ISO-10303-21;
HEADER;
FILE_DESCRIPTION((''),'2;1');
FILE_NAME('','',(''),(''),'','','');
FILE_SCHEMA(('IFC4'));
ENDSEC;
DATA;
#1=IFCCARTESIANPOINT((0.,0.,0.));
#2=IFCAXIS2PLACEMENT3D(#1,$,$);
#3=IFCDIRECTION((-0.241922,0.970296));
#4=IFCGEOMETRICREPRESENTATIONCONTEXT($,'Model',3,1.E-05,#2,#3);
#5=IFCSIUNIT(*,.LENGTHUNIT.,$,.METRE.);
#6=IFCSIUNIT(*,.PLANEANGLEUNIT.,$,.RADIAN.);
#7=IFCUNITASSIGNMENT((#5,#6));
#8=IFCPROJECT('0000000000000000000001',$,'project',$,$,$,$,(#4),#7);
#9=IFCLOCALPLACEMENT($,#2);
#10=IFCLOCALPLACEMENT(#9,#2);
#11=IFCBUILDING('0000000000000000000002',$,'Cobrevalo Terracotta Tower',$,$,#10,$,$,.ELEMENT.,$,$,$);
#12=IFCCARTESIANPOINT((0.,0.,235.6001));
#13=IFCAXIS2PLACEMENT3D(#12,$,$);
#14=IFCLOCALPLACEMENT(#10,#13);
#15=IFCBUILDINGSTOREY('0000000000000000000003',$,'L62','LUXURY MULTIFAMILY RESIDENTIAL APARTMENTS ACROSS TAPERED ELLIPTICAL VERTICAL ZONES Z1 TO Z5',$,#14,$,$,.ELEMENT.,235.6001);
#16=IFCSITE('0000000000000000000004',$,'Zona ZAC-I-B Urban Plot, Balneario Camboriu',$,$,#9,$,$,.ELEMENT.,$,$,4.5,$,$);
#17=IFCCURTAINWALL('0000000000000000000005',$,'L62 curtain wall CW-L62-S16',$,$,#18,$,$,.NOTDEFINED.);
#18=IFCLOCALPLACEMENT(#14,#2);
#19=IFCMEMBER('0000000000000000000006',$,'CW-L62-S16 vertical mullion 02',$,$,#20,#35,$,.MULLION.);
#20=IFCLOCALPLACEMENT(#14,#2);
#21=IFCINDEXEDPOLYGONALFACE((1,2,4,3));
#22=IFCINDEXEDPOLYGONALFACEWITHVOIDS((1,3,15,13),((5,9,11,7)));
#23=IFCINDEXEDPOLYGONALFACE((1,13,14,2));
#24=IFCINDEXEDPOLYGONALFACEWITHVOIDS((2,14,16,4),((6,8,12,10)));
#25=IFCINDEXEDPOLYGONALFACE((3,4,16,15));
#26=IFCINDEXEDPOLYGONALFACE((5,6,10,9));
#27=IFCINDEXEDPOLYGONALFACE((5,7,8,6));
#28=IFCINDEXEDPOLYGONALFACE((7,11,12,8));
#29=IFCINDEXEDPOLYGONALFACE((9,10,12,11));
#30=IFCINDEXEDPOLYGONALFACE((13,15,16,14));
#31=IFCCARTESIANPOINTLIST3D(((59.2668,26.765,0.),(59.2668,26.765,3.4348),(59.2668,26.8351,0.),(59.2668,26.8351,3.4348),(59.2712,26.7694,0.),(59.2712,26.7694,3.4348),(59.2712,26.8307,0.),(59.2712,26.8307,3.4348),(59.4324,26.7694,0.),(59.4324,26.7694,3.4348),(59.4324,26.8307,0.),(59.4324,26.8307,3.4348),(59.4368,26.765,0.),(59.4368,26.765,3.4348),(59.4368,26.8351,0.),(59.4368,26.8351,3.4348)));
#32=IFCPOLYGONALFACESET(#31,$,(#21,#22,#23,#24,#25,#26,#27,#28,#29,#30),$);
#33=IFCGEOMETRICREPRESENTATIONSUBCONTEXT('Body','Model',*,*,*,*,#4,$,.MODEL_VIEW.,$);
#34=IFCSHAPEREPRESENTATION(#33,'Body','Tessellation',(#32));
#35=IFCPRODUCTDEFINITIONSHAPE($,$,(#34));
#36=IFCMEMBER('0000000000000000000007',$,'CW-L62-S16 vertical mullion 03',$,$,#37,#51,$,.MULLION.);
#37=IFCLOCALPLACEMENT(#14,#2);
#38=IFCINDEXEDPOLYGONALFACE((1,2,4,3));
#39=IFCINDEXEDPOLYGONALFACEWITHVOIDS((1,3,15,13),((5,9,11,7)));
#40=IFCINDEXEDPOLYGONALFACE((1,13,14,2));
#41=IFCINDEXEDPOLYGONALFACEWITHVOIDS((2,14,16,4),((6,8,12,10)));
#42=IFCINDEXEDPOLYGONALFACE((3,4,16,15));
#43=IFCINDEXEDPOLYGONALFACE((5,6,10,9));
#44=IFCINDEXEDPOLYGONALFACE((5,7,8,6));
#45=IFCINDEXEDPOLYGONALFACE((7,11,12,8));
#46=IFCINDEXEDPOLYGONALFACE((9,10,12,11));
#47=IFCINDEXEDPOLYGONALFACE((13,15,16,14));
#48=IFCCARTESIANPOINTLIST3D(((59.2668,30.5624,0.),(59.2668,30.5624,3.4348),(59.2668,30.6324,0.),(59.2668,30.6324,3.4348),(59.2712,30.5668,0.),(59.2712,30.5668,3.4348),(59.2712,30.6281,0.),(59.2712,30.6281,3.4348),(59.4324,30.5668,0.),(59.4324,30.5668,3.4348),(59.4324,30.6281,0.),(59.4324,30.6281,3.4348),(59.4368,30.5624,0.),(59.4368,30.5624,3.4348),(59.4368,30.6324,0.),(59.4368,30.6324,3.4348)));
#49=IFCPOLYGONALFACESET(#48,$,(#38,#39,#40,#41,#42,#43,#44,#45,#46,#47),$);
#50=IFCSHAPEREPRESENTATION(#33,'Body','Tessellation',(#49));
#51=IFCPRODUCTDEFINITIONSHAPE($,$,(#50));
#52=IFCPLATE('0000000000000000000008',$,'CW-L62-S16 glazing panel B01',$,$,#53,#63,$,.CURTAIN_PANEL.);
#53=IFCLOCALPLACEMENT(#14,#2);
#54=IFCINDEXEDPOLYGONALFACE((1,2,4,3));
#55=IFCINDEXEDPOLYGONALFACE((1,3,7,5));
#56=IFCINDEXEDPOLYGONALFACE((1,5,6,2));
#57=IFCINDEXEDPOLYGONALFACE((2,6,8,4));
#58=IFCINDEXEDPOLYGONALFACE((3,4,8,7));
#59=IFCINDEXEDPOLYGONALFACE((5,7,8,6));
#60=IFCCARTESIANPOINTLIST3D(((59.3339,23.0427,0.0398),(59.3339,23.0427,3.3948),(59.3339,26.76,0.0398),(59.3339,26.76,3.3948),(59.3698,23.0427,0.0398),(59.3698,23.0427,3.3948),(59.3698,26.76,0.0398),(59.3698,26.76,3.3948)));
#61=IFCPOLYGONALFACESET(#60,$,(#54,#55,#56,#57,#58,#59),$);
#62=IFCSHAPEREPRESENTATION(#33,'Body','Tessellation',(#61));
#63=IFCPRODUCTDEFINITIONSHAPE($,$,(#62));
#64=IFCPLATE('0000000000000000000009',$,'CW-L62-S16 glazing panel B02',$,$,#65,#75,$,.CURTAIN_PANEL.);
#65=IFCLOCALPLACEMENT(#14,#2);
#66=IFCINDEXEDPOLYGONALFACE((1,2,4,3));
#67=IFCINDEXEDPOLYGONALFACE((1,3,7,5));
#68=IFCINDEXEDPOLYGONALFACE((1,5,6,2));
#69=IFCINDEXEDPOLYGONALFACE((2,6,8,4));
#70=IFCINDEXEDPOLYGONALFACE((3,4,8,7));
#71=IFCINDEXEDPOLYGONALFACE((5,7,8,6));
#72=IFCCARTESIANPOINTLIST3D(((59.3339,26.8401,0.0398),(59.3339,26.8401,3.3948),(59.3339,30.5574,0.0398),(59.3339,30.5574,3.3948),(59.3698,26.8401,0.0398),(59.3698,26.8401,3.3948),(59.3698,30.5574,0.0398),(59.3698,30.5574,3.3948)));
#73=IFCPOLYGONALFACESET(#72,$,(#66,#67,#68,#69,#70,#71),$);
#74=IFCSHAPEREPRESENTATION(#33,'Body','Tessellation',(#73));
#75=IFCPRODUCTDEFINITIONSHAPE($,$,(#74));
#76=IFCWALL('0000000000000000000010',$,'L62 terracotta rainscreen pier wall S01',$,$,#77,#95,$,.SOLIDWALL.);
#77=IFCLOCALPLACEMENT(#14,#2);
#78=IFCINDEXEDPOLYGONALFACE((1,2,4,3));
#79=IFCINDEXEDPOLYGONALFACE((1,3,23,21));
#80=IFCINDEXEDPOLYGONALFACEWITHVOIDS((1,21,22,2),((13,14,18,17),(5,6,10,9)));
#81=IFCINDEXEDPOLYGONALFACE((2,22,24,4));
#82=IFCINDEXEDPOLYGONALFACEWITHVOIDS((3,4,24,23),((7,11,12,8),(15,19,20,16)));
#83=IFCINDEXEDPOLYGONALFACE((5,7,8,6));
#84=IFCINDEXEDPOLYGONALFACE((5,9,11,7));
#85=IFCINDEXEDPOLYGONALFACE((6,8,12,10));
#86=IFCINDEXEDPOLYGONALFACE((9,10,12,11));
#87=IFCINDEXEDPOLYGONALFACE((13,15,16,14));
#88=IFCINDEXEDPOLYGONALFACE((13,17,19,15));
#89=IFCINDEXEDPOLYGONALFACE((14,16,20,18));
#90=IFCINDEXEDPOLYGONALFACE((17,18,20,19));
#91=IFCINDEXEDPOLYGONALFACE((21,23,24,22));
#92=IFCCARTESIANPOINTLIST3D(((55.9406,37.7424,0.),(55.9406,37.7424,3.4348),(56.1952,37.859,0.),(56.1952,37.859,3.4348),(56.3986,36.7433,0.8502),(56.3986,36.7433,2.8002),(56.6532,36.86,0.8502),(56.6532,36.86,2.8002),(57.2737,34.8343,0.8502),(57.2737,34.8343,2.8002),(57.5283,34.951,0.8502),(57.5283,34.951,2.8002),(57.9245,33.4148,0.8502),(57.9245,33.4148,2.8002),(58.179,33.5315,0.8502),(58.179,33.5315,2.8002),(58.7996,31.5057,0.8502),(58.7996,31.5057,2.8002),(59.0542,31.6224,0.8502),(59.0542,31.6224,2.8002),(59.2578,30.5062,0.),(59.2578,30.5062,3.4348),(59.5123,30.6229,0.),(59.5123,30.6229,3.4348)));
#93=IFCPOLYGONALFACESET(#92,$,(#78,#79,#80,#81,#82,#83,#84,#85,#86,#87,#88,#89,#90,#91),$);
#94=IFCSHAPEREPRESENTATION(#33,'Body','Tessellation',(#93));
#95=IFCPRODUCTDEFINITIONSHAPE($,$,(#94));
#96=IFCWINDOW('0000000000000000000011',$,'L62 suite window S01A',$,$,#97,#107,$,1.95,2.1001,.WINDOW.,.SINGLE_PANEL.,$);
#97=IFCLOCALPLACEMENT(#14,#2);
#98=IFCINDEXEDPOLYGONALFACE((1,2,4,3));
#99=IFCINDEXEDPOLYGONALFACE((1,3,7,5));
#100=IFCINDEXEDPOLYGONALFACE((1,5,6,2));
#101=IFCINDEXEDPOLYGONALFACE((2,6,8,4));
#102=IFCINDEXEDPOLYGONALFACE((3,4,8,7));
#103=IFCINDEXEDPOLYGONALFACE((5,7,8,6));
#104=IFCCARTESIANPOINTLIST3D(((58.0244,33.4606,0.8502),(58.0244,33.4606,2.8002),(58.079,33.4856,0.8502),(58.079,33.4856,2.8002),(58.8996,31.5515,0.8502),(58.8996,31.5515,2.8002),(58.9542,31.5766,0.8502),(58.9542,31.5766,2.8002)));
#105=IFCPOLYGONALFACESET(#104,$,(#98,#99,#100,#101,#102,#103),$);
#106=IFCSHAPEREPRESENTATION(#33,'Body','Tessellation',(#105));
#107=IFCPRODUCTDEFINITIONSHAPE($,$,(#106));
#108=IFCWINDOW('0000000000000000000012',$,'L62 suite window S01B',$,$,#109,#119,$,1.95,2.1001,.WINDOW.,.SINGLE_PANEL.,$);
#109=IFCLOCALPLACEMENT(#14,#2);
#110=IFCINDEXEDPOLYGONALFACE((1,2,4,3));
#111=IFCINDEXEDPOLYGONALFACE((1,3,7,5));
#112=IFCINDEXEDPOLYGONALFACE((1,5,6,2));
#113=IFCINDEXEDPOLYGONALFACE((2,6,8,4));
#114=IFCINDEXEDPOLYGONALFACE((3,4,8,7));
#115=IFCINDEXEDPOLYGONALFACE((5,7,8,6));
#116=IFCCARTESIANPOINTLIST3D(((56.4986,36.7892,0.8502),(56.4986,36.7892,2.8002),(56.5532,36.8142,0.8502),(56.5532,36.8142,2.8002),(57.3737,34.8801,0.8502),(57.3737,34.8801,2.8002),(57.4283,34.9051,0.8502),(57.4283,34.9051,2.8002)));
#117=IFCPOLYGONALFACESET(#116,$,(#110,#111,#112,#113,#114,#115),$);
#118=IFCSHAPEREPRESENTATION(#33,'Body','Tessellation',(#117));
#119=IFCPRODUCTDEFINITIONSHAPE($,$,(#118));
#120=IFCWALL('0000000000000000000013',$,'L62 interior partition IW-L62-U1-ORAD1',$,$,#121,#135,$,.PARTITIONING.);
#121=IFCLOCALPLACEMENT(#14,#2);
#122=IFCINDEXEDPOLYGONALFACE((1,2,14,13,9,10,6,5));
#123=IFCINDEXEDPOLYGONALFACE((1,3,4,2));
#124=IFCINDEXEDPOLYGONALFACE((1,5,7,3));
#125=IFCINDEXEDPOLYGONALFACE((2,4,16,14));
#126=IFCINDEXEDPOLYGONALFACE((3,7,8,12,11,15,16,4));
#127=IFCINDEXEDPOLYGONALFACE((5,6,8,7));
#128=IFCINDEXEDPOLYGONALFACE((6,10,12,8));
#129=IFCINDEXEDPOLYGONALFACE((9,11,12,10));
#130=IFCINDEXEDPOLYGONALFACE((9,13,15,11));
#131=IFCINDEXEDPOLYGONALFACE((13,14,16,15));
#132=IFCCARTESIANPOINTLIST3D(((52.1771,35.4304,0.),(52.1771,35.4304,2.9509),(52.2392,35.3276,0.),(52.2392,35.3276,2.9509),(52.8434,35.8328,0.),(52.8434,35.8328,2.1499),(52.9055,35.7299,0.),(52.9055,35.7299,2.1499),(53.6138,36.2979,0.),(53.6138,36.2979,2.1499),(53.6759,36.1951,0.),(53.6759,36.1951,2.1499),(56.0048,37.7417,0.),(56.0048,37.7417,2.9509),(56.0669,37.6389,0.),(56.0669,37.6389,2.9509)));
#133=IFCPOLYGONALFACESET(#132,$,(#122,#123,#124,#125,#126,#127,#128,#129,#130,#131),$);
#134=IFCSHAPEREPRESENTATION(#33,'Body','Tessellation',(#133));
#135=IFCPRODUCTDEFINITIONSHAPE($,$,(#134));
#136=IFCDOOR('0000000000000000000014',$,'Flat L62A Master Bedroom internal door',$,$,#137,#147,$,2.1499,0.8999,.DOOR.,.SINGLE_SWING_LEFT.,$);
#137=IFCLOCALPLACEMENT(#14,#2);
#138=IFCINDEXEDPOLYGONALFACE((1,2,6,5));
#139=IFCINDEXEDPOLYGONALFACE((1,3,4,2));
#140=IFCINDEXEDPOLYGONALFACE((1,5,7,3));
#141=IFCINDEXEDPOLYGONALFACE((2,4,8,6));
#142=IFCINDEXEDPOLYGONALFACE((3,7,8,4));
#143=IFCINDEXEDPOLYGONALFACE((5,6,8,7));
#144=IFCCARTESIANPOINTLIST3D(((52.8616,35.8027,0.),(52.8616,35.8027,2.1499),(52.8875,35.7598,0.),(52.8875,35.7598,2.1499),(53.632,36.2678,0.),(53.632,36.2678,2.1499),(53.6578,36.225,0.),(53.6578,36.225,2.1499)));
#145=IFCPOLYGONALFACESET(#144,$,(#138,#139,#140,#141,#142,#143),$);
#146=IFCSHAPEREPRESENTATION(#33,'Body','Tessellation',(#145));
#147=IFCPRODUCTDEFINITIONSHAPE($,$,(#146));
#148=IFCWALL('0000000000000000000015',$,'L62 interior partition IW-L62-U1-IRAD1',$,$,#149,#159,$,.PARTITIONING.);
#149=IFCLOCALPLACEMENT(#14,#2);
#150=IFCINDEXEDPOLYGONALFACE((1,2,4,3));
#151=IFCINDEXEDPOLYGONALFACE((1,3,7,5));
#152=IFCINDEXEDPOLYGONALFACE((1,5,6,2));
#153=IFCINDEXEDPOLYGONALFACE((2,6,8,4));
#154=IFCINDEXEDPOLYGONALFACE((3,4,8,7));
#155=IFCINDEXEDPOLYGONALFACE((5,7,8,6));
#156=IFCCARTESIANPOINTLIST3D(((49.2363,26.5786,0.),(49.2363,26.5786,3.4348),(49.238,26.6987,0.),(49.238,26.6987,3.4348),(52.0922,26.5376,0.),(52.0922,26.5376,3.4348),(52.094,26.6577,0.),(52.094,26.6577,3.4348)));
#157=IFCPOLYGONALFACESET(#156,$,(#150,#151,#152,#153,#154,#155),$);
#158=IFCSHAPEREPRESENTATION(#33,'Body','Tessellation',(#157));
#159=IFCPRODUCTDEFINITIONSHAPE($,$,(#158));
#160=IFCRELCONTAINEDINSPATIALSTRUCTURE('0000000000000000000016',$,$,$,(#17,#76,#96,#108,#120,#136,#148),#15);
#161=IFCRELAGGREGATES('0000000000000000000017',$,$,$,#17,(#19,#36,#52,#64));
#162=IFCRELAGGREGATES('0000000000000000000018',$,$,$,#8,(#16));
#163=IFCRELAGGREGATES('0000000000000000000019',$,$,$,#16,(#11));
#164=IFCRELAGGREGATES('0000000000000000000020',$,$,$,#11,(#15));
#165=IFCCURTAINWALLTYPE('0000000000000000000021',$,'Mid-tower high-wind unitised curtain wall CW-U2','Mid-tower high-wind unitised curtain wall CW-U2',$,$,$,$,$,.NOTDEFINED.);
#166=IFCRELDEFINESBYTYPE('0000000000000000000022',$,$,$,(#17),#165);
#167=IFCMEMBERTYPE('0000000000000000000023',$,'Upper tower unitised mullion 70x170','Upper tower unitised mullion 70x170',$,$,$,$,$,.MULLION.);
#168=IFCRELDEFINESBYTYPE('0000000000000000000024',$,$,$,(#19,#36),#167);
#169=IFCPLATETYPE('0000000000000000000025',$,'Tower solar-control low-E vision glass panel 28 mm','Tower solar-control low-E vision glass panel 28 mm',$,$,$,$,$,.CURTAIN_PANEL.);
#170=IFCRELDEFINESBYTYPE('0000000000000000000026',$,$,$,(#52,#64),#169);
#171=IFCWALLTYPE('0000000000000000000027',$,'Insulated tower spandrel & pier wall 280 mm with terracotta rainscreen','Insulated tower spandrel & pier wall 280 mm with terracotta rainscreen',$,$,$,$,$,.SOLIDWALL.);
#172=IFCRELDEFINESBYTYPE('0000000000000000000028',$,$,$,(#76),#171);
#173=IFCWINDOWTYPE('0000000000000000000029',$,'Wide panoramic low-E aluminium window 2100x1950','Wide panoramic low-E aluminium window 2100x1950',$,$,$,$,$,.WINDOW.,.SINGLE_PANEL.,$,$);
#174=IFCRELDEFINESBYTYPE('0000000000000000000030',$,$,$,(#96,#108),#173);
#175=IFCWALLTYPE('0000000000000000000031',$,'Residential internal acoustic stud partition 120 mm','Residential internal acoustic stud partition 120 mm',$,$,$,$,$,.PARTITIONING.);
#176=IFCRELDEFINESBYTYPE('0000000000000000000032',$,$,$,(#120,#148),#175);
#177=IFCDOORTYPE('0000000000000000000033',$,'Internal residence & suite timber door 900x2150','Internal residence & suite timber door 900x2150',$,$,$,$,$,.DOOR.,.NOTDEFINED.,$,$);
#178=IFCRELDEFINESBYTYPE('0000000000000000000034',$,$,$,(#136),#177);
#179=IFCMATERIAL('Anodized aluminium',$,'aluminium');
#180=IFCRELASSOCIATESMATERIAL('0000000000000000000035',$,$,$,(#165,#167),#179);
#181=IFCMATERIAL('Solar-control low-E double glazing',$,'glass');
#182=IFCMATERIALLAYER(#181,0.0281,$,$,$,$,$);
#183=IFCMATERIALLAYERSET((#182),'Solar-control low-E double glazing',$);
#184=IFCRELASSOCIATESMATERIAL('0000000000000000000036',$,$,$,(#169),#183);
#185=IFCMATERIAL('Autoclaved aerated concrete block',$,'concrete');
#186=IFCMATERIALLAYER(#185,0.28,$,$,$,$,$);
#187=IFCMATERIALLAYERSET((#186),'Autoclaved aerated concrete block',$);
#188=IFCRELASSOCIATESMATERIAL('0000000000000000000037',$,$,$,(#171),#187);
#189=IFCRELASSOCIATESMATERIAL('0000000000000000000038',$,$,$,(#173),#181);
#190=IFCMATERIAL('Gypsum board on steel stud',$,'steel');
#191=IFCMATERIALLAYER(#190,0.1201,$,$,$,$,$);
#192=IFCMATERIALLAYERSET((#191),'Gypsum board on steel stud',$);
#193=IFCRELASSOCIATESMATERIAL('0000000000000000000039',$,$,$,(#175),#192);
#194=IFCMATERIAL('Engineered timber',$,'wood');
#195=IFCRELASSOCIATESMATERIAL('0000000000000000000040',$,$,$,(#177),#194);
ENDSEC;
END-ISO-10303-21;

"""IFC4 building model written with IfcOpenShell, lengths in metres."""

from ifc_helpers import new_model, si_unit, direction, frame, frame_2d, origin, origin_2d, place, context, subcontext, project, spatial, rectangle, hollow_rectangle, extrude, source, transform, mapped, material, layer, layer_set, material_profile, profile_set, type_object, element, fill, aggregate, save


model = new_model("IFC4")

# Units and contexts
model_context = context("Model", 3, precision=1e-05, world=origin(), true_north=direction((-0.241922, 0.970296)))
body_context = subcontext(model_context, "Body", "Model", "MODEL_VIEW")
ifc_project = project(units=[si_unit("LENGTHUNIT", "METRE"), si_unit("PLANEANGLEUNIT", "RADIAN")], contexts=[model_context])

# Site, building, storey
site_placement = place(None, origin())
site = spatial("IfcSite", under=ifc_project, at=site_placement, Name="Zona ZAC-I-B Urban Plot, Balneario Camboriu", CompositionType="ELEMENT", RefElevation=4.5)
building_placement = place(site_placement, origin())
building = spatial("IfcBuilding", under=site, at=building_placement, Name="Cobrevalo Terracotta Tower", CompositionType="ELEMENT")
storey_placement = place(building_placement, frame((0.0, 0.0, 235.6001)))
storey = spatial("IfcBuildingStorey", under=building, at=storey_placement, Name="L62", Description="LUXURY MULTIFAMILY RESIDENTIAL APARTMENTS ACROSS TAPERED ELLIPTICAL VERTICAL ZONES Z1 TO Z5", CompositionType="ELEMENT", Elevation=235.6001)

# Curtain wall, members, plates
ifc_material_1 = material(Name="Anodized aluminium", Category="aluminium")
curtain_wall_type = type_object("IfcCurtainWallType", Name="Mid-tower high-wind unitised curtain wall CW-U2", Description="Mid-tower high-wind unitised curtain wall CW-U2", PredefinedType="NOTDEFINED", material=ifc_material_1)
curtain_wall_placement = place(storey_placement, origin())
curtain_wall = element("IfcCurtainWall", 1, at=curtain_wall_placement, inside=storey, type_object=curtain_wall_type, Name="L62 curtain wall CW-L62-S16", PredefinedType="NOTDEFINED")
ifc_material_profile_1 = material_profile(ifc_material_1, hollow_rectangle(XDim=0.0701, YDim=0.1699, WallThickness=0.0044, at=origin_2d()), Name="CWM 70x170")
ifc_profile_set_1 = profile_set([ifc_material_profile_1], Name="Anodized aluminium")
member_type_1 = type_object("IfcMemberType", Name="Upper tower unitised mullion 70x170", Description="Upper tower unitised mullion 70x170", PredefinedType="MULLION", material=ifc_profile_set_1)
shared_shape_1 = source(origin(), body_context, "Body", "SweptSolid", [
    extrude(hollow_rectangle(XDim=0.0701, YDim=0.1699, WallThickness=0.0044, at=origin_2d()), origin(), (0.0, 0.0, 1.0), 3.4348),
])
member_1_placement = place(storey_placement, frame((59.3518, 26.8, 0.0), z_axis=(0.0, 0.0, 1.0), x_axis=(0.0, 1.0, 0.0)))
member_1 = element("IfcMember", 2, at=member_1_placement, type_object=member_type_1, Name="CW-L62-S16 vertical mullion 02", PredefinedType="MULLION", context=body_context, shape_type="MappedRepresentation", body=[
    mapped(shared_shape_1, transform((0.0, 0.0, 0.0), scale=1.0)),
])
member_2_placement = place(storey_placement, frame((59.3518, 30.5974, 0.0), z_axis=(0.0, 0.0, 1.0), x_axis=(0.0, 1.0, 0.0)))
member_2 = element("IfcMember", 3, at=member_2_placement, type_object=member_type_1, Name="CW-L62-S16 vertical mullion 03", PredefinedType="MULLION", context=body_context, shape_type="MappedRepresentation", body=[
    mapped(shared_shape_1, transform((0.0, 0.0, 0.0), scale=1.0)),
])
ifc_material_2 = material(Name="Solar-control low-E double glazing", Category="glass")
ifc_layer_1 = layer(ifc_material_2, 0.0281)
ifc_layer_set_1 = layer_set([ifc_layer_1], Name="Solar-control low-E double glazing")
plate_type = type_object("IfcPlateType", Name="Tower solar-control low-E vision glass panel 28 mm", Description="Tower solar-control low-E vision glass panel 28 mm", PredefinedType="CURTAIN_PANEL", material=ifc_layer_set_1)
shared_shape_2 = source(origin(), body_context, "Body", "SweptSolid", [
    extrude(rectangle(XDim=3.7173, YDim=0.0359, at=origin_2d()), origin(), (0.0, 0.0, 1.0), 3.355),
])
plate_1_placement = place(storey_placement, frame((59.3518, 24.9014, 0.0398), z_axis=(0.0, 0.0, 1.0), x_axis=(0.0, 1.0, 0.0)))
plate_1 = element("IfcPlate", 4, at=plate_1_placement, type_object=plate_type, Name="CW-L62-S16 glazing panel B01", PredefinedType="CURTAIN_PANEL", context=body_context, shape_type="MappedRepresentation", body=[
    mapped(shared_shape_2, transform((0.0, 0.0, 0.0), scale=1.0)),
])
plate_2_placement = place(storey_placement, frame((59.3518, 28.6987, 0.0398), z_axis=(0.0, 0.0, 1.0), x_axis=(0.0, 1.0, 0.0)))
plate_2 = element("IfcPlate", 5, at=plate_2_placement, type_object=plate_type, Name="CW-L62-S16 glazing panel B02", PredefinedType="CURTAIN_PANEL", context=body_context, shape_type="MappedRepresentation", body=[
    mapped(shared_shape_2, transform((0.0, 0.0, 0.0), scale=1.0)),
])
aggregate(curtain_wall, [member_1, member_2, plate_1, plate_2])

# Wall, openings, windows
ifc_material_3 = material(Name="Autoclaved aerated concrete block", Category="concrete")
ifc_layer_2 = layer(ifc_material_3, 0.28)
ifc_layer_set_2 = layer_set([ifc_layer_2], Name="Autoclaved aerated concrete block")
wall_type_1 = type_object("IfcWallType", Name="Insulated tower spandrel & pier wall 280 mm with terracotta rainscreen", Description="Insulated tower spandrel & pier wall 280 mm with terracotta rainscreen", PredefinedType="SOLIDWALL", material=ifc_layer_set_2)
wall_1_placement = place(storey_placement, frame((59.385, 30.5647, 0.0), z_axis=(0.0, 0.0, 1.0), x_axis=(-0.416717, 0.909036, 0.0)))
wall_1 = element("IfcWall", 6, at=wall_1_placement, inside=storey, type_object=wall_type_1, Name="L62 terracotta rainscreen pier wall S01", PredefinedType="SOLIDWALL", context=body_context, shape_type="SweptSolid", body=[
    extrude(rectangle(XDim=7.9602, YDim=0.28, at=frame_2d((3.98, 0.0))), origin(), (0.0, 0.0, 1.0), 3.4348),
])
opening_1_placement = place(wall_1_placement, frame((1.0994, 0.0, 0.8501)))
opening_1 = element("IfcOpeningElement", 7, at=opening_1_placement, cuts=wall_1, PredefinedType="OPENING", context=body_context, shape_type="SweptSolid", body=[
    extrude(rectangle(XDim=2.1001, YDim=1.95, at=frame_2d((1.05, 0.9751))), frame((0.0, 0.1499, 0.0), z_axis=(0.0, -1.0, 0.0), x_axis=(1.0, 0.0, 0.0)), (0.0, 0.0, 1.0), 0.3),
])
opening_2_placement = place(wall_1_placement, frame((4.761, 0.0, 0.8501)))
opening_2 = element("IfcOpeningElement", 8, at=opening_2_placement, cuts=wall_1, PredefinedType="OPENING", context=body_context, shape_type="SweptSolid", body=[
    extrude(rectangle(XDim=2.1001, YDim=1.95, at=frame_2d((1.05, 0.9751))), frame((0.0, 0.1499, 0.0), z_axis=(0.0, -1.0, 0.0), x_axis=(1.0, 0.0, 0.0)), (0.0, 0.0, 1.0), 0.3),
])
window_type = type_object("IfcWindowType", Name="Wide panoramic low-E aluminium window 2100x1950", Description="Wide panoramic low-E aluminium window 2100x1950", PartitioningType="SINGLE_PANEL", PredefinedType="WINDOW", material=ifc_material_2)
shared_shape_3 = source(origin(), body_context, "Body", "SweptSolid", [
    extrude(rectangle(XDim=2.1001, YDim=1.95, at=frame_2d((1.05, 0.9751))), frame((0.0, 0.03, 0.0), z_axis=(0.0, -1.0, 0.0), x_axis=(1.0, 0.0, 0.0)), (0.0, 0.0, 1.0), 0.0601),
])
window_1_placement = place(opening_1_placement, origin())
window_1 = element("IfcWindow", 9, at=window_1_placement, inside=storey, type_object=window_type, Name="L62 suite window S01A", OverallHeight=1.95, OverallWidth=2.1001, PartitioningType="SINGLE_PANEL", PredefinedType="WINDOW", context=body_context, shape_type="MappedRepresentation", body=[
    mapped(shared_shape_3, transform((0.0, 0.0, 0.0), scale=1.0)),
])
fill(opening_1, window_1)
window_2_placement = place(opening_2_placement, origin())
window_2 = element("IfcWindow", 10, at=window_2_placement, inside=storey, type_object=window_type, Name="L62 suite window S01B", OverallHeight=1.95, OverallWidth=2.1001, PartitioningType="SINGLE_PANEL", PredefinedType="WINDOW", context=body_context, shape_type="MappedRepresentation", body=[
    mapped(shared_shape_3, transform((0.0, 0.0, 0.0), scale=1.0)),
])
fill(opening_2, window_2)

# Wall, opening, door
ifc_material_4 = material(Name="Gypsum board on steel stud", Category="steel")
ifc_layer_3 = layer(ifc_material_4, 0.1201)
ifc_layer_set_3 = layer_set([ifc_layer_3], Name="Gypsum board on steel stud")
wall_type_2 = type_object("IfcWallType", Name="Residential internal acoustic stud partition 120 mm", Description="Residential internal acoustic stud partition 120 mm", PredefinedType="PARTITIONING", material=ifc_layer_set_3)
wall_2_placement = place(storey_placement, frame((52.208, 35.3789, 0.0), z_axis=(0.0, 0.0, 1.0), x_axis=(0.856039, 0.516911, 0.0)))
wall_2 = element("IfcWall", 11, at=wall_2_placement, inside=storey, type_object=wall_type_2, Name="L62 interior partition IW-L62-U1-ORAD1", PredefinedType="PARTITIONING", context=body_context, shape_type="SweptSolid", body=[
    extrude(rectangle(XDim=4.4714, YDim=0.1201, at=frame_2d((2.2358, 0.0))), origin(), (0.0, 0.0, 1.0), 2.9509),
])
opening_3_placement = place(wall_2_placement, frame((0.7786, 0.0, 0.0)))
opening_3 = element("IfcOpeningElement", 12, at=opening_3_placement, cuts=wall_2, PredefinedType="OPENING", context=body_context, shape_type="SweptSolid", body=[
    extrude(rectangle(XDim=0.8999, YDim=2.1499, at=frame_2d((0.45, 1.075))), frame((0.0, 0.0701, 0.0), z_axis=(0.0, -1.0, 0.0), x_axis=(1.0, 0.0, 0.0)), (0.0, 0.0, 1.0), 0.1401),
])
ifc_material_5 = material(Name="Engineered timber", Category="wood")
door_type_1 = type_object("IfcDoorType", Name="Internal residence & suite timber door 900x2150", Description="Internal residence & suite timber door 900x2150", OperationType="NOTDEFINED", PredefinedType="DOOR", material=ifc_material_5)
shared_shape_4 = source(origin(), body_context, "Body", "SweptSolid", [
    extrude(rectangle(XDim=0.8999, YDim=2.1499, at=frame_2d((0.45, 1.075))), frame((0.0, 0.0249, 0.0), z_axis=(0.0, -1.0, 0.0), x_axis=(1.0, 0.0, 0.0)), (0.0, 0.0, 1.0), 0.05),
])
door_1_placement = place(opening_3_placement, origin())
door_1 = element("IfcDoor", 13, at=door_1_placement, inside=storey, type_object=door_type_1, Name="Flat L62A Master Bedroom internal door", OperationType="SINGLE_SWING_LEFT", OverallHeight=2.1499, OverallWidth=0.8999, PredefinedType="DOOR", context=body_context, shape_type="MappedRepresentation", body=[
    mapped(shared_shape_4, transform((0.0, 0.0, 0.0), scale=1.0)),
])
fill(opening_3, door_1)

# Wall
wall_3_placement = place(storey_placement, frame((49.2371, 26.6387, 0.0), z_axis=(0.0, 0.0, 1.0), x_axis=(0.999897, -0.01436, 0.0)))
element("IfcWall", 14, at=wall_3_placement, inside=storey, type_object=wall_type_2, Name="L62 interior partition IW-L62-U1-IRAD1", PredefinedType="PARTITIONING", context=body_context, shape_type="SweptSolid", body=[
    extrude(rectangle(XDim=2.8562, YDim=0.1201, at=frame_2d((1.4282, 0.0))), origin(), (0.0, 0.0, 1.0), 3.4348),
])

save(model, "model.ifc")
